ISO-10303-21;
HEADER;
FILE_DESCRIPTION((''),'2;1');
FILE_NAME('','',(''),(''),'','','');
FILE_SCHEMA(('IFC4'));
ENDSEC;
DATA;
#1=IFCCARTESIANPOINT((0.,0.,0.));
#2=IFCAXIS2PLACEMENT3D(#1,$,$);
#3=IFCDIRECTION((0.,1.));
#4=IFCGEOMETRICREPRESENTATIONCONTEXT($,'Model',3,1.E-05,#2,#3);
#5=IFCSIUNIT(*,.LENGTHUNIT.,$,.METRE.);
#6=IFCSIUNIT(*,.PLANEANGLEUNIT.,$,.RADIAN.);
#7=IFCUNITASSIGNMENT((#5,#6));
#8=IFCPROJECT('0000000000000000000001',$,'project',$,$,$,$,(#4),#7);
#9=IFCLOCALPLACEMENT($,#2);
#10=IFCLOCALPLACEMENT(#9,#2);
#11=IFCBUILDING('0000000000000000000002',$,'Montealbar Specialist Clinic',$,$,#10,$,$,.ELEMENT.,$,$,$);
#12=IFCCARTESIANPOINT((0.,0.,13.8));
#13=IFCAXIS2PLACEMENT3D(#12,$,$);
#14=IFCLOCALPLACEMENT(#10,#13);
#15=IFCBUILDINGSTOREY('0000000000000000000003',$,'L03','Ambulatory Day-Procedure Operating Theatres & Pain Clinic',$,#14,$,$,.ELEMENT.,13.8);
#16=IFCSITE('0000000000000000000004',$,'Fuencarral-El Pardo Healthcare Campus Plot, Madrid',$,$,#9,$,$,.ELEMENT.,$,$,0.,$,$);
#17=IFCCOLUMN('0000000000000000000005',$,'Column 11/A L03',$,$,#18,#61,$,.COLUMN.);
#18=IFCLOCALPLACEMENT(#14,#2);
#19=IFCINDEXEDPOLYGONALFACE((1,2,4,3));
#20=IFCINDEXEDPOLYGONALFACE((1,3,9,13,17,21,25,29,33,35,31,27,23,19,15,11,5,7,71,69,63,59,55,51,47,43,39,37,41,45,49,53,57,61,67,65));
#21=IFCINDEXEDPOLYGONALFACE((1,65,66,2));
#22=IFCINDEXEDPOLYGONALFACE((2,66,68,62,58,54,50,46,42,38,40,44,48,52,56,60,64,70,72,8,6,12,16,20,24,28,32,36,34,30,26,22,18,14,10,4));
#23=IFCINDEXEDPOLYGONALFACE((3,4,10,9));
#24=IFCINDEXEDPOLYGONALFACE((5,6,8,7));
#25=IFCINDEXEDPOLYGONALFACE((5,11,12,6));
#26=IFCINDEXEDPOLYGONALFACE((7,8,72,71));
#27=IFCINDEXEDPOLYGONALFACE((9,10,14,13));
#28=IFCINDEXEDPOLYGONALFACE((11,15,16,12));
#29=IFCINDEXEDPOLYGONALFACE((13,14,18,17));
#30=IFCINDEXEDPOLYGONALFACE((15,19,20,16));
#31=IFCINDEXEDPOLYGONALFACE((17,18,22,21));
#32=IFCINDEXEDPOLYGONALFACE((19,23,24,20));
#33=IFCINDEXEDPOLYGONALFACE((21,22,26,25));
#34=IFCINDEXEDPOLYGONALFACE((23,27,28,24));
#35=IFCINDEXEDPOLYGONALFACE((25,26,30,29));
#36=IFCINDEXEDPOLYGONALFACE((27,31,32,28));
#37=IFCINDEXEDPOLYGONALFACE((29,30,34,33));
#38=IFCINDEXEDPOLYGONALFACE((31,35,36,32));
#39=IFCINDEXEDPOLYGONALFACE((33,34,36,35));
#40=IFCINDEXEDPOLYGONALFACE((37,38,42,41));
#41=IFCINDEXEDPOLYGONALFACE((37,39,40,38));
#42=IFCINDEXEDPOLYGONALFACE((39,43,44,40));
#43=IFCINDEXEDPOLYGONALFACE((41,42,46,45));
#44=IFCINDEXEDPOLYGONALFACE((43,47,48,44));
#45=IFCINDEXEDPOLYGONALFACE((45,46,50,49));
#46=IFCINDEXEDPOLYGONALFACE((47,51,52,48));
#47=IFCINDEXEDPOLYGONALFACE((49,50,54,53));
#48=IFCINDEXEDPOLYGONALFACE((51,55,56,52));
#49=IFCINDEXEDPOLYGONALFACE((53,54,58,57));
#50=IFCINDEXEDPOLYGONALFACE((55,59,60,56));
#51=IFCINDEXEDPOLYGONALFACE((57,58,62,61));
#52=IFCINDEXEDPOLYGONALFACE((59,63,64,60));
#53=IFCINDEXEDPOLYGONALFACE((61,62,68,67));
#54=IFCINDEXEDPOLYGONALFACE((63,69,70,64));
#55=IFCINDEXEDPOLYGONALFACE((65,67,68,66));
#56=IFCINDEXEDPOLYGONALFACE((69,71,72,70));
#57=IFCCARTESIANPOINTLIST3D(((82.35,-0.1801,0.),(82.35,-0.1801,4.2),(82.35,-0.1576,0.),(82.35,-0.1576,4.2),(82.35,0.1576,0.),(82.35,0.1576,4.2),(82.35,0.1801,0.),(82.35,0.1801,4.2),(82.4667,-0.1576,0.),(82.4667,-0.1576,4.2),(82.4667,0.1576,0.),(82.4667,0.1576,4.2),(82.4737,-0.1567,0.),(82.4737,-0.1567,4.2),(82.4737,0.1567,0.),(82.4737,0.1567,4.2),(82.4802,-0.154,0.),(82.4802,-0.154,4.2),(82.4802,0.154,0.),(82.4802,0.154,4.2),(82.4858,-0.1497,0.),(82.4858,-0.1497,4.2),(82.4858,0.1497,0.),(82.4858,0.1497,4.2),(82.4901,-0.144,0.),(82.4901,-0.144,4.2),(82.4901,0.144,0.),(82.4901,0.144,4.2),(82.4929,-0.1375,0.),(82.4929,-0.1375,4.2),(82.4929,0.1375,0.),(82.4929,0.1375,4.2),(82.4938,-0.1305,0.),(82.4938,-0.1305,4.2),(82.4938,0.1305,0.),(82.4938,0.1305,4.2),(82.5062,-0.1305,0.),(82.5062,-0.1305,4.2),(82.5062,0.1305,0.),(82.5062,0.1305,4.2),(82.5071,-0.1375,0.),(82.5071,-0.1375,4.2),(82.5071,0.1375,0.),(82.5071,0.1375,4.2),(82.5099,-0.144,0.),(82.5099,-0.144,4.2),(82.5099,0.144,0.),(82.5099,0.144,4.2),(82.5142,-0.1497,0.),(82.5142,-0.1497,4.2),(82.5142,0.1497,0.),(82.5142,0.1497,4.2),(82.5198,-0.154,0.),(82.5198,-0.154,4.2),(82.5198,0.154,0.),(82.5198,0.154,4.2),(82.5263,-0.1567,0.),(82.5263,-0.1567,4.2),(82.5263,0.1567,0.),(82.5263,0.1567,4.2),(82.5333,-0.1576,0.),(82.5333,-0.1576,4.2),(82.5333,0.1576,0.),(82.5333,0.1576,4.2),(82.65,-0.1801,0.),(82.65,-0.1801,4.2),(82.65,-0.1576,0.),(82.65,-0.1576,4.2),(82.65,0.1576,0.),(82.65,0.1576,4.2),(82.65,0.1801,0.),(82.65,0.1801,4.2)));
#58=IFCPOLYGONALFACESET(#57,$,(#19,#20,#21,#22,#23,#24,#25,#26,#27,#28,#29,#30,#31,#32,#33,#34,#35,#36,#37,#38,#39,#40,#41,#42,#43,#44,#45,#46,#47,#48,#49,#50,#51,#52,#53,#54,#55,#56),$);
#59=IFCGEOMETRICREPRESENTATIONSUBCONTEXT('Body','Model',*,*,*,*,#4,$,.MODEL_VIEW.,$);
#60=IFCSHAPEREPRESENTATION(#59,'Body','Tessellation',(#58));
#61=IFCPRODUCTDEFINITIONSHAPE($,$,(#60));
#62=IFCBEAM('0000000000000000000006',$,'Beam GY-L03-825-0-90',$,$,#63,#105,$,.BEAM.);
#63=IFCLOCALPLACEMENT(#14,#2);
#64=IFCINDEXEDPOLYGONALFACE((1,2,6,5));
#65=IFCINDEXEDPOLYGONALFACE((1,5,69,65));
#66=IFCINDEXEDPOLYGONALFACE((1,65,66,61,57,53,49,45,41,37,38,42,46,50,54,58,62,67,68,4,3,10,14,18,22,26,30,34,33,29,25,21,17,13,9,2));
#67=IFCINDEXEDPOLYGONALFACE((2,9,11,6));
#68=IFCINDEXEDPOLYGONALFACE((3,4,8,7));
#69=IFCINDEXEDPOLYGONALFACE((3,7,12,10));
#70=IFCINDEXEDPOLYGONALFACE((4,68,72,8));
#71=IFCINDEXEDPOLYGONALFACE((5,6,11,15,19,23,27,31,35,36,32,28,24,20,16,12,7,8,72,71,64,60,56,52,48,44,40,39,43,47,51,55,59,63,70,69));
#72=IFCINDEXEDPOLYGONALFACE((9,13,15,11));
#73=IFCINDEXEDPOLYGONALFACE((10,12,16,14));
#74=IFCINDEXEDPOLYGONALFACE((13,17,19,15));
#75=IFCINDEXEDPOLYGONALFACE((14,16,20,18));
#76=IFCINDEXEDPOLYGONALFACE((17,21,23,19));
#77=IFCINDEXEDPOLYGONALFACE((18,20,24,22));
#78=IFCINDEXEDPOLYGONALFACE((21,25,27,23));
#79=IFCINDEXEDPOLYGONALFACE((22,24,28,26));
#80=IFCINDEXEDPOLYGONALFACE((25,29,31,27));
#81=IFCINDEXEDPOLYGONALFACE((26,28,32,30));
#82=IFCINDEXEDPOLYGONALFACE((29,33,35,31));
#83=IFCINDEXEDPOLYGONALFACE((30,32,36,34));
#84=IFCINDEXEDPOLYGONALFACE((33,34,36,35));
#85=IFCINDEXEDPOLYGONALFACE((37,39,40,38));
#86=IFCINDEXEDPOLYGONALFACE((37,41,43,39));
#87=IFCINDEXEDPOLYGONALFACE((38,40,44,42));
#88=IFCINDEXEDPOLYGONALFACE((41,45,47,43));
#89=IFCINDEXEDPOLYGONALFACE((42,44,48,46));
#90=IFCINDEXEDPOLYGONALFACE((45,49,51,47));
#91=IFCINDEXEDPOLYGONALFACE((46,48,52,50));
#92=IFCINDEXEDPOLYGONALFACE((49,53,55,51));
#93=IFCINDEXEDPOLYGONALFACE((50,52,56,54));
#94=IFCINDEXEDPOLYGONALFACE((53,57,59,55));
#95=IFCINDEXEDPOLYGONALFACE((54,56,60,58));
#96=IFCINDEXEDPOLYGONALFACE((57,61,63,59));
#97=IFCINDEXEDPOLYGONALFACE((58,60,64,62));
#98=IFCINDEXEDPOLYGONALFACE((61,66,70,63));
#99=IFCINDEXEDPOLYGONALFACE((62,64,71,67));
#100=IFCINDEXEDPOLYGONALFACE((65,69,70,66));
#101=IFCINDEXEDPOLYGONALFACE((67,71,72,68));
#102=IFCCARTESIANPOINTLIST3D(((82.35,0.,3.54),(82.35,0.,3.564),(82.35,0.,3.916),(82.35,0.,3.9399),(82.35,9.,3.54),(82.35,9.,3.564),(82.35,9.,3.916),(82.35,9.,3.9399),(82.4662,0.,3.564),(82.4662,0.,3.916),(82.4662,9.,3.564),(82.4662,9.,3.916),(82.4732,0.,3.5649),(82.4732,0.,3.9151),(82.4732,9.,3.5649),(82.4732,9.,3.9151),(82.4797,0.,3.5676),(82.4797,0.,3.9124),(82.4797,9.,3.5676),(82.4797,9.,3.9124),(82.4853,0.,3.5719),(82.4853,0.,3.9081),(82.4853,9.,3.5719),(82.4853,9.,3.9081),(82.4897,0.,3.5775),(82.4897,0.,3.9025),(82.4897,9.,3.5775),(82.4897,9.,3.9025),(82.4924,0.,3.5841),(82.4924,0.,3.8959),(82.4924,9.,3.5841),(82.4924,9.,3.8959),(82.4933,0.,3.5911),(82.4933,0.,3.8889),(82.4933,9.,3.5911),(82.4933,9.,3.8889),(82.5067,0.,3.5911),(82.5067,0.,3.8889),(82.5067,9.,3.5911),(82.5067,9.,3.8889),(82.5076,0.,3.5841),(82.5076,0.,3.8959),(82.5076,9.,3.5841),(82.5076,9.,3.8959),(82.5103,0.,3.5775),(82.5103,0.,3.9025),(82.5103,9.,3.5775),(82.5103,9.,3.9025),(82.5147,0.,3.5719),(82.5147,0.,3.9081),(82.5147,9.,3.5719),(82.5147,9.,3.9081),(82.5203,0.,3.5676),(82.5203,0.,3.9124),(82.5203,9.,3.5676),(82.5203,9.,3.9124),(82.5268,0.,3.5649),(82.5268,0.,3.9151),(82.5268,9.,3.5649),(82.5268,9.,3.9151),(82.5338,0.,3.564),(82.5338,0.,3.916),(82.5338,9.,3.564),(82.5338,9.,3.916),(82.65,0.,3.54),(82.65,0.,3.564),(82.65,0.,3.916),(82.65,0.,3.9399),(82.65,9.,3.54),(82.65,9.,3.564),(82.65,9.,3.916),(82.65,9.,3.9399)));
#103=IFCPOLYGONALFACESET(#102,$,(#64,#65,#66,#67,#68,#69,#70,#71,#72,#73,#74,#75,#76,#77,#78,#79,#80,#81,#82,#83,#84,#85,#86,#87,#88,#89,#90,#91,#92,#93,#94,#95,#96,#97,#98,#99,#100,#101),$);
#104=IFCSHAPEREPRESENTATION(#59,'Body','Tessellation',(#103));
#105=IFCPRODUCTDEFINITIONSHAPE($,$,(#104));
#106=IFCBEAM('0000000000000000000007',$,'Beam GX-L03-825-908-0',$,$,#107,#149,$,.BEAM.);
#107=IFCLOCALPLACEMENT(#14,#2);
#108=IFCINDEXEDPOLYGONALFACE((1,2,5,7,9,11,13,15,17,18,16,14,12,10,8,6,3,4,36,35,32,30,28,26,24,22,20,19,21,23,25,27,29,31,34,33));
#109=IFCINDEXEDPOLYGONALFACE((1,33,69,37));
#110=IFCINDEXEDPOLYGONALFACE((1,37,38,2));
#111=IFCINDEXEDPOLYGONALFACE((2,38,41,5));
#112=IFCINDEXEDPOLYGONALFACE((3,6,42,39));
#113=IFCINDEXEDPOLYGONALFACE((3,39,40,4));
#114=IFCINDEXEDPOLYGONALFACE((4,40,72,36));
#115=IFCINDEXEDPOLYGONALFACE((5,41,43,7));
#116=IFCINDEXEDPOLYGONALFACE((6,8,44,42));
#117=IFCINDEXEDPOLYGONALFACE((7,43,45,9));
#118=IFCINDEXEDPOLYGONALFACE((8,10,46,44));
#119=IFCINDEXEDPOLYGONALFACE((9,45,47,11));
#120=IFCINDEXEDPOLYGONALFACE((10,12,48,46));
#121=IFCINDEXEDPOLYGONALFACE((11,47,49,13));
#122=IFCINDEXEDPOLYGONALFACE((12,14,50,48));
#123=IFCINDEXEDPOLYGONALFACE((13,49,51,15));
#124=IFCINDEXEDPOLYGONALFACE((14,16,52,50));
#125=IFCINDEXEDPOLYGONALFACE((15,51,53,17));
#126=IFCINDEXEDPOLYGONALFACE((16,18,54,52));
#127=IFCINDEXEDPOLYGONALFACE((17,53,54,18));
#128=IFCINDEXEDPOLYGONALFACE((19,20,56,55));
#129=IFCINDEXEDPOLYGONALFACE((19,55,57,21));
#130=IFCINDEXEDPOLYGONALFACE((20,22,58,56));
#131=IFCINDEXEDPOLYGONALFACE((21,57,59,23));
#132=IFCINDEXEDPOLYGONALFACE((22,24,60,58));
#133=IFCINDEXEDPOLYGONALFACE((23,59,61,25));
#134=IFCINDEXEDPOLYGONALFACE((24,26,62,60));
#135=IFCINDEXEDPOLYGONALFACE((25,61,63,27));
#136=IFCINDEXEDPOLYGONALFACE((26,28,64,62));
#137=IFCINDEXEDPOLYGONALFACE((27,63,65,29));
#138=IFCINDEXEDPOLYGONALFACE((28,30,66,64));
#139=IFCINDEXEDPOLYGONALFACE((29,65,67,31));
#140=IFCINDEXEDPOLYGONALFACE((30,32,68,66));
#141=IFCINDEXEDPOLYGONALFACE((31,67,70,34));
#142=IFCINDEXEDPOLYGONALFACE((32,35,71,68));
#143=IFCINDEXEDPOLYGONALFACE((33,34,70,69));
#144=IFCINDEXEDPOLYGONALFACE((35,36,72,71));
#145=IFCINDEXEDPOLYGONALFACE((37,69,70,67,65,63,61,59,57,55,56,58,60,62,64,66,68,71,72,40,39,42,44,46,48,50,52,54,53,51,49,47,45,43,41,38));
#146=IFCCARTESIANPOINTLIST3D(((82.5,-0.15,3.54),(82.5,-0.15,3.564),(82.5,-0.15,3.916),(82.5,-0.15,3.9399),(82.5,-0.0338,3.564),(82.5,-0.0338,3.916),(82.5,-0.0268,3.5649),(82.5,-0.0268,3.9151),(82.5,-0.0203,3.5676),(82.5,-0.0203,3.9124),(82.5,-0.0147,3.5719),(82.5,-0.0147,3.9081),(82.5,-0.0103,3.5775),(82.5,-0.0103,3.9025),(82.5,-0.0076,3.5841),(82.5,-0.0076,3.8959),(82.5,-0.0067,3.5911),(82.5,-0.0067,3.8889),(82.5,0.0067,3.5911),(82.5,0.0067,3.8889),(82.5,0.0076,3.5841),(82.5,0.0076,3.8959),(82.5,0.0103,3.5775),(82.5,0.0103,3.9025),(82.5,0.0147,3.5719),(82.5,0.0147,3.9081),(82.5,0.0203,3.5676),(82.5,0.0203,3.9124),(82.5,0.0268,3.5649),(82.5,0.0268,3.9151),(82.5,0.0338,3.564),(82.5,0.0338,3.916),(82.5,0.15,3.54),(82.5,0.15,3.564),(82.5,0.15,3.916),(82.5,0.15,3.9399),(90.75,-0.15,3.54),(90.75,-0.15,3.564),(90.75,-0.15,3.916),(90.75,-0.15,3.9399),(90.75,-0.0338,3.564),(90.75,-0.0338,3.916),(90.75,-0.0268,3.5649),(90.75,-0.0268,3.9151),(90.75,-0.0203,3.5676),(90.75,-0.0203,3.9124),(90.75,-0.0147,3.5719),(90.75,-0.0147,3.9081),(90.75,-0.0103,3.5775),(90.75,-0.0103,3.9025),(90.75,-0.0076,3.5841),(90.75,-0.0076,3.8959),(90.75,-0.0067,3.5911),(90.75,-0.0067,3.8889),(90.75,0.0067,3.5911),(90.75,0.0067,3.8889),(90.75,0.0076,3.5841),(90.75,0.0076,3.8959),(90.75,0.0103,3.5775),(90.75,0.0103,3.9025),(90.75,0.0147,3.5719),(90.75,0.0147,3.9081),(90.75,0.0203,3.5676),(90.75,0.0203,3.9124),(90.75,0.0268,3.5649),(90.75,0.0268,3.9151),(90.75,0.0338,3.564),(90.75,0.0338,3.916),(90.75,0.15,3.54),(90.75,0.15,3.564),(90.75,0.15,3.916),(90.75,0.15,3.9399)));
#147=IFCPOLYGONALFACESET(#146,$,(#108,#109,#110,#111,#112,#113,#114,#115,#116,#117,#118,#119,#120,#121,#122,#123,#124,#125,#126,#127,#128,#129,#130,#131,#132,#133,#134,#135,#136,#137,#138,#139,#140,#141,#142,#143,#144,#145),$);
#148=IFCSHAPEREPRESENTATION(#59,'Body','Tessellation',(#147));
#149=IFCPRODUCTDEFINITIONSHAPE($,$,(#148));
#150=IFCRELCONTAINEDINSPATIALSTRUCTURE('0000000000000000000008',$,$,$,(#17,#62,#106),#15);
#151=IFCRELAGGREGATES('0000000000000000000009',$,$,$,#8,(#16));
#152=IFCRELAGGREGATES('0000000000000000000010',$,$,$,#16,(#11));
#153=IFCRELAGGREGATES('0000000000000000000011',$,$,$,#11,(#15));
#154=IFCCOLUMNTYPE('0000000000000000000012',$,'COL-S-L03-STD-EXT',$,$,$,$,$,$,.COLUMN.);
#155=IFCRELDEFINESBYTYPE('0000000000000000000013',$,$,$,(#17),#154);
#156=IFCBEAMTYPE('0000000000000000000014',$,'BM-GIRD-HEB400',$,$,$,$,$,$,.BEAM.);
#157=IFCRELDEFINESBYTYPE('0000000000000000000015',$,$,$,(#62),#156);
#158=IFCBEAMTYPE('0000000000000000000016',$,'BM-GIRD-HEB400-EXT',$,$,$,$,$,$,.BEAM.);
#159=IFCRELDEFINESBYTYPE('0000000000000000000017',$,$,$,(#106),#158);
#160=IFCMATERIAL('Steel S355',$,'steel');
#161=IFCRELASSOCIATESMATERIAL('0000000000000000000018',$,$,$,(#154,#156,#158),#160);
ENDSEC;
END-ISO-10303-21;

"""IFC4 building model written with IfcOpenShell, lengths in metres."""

from ifc_helpers import new_model, si_unit, direction, frame, origin, origin_2d, place, context, subcontext, project, spatial, i_section, extrude, material, material_profile, profile_set, type_object, element, save


model = new_model("IFC4")

# Units and contexts
model_context = context("Model", 3, precision=1e-05, world=origin(), true_north=direction((0.0, 1.0)))
body_context = subcontext(model_context, "Body", "Model", "MODEL_VIEW")
ifc_project = project(units=[si_unit("LENGTHUNIT", "METRE"), si_unit("PLANEANGLEUNIT", "RADIAN")], contexts=[model_context])

# Site, building, storey
site_placement = place(None, origin())
site = spatial("IfcSite", under=ifc_project, at=site_placement, Name="Fuencarral-El Pardo Healthcare Campus Plot, Madrid", CompositionType="ELEMENT", RefElevation=0.0)
building_placement = place(site_placement, origin())
building = spatial("IfcBuilding", under=site, at=building_placement, Name="Montealbar Specialist Clinic", CompositionType="ELEMENT")
storey_placement = place(building_placement, frame((0.0, 0.0, 13.8)))
storey = spatial("IfcBuildingStorey", under=building, at=storey_placement, Name="L03", Description="Ambulatory Day-Procedure Operating Theatres & Pain Clinic", CompositionType="ELEMENT", Elevation=13.8)

# Column
ifc_material_1 = material(Name="Steel S355", Category="steel")
ifc_material_profile_1 = material_profile(ifc_material_1, i_section(OverallWidth=0.3, OverallDepth=0.3601, WebThickness=0.0125, FlangeThickness=0.0225, FilletRadius=0.0271, at=origin_2d()), Name="HEB 360", Category="steel")
ifc_profile_set_1 = profile_set([ifc_material_profile_1], Name="Steel S355")
column_type = type_object("IfcColumnType", Name="COL-S-L03-STD-EXT", PredefinedType="COLUMN", material=ifc_profile_set_1)
column_placement = place(storey_placement, frame((82.5, 0.0, 0.0), z_axis=(0.0, 0.0, 1.0), x_axis=(1.0, 0.0, 0.0)))
element("IfcColumn", 1, at=column_placement, inside=storey, type_object=column_type, Name="Column 11/A L03", PredefinedType="COLUMN", context=body_context, shape_type="SweptSolid", body=[
    extrude(i_section(OverallWidth=0.3, OverallDepth=0.3601, WebThickness=0.0125, FlangeThickness=0.0225, FilletRadius=0.0271, at=origin_2d()), origin(), (0.0, 0.0, 1.0), 4.2),
])

# Beams
ifc_material_profile_2 = material_profile(ifc_material_1, i_section(OverallWidth=0.3, OverallDepth=0.3999, WebThickness=0.0134, FlangeThickness=0.0239, FilletRadius=0.0271, at=origin_2d()), Name="HEB 400", Category="steel")
ifc_profile_set_2 = profile_set([ifc_material_profile_2], Name="Steel S355")
beam_type_1 = type_object("IfcBeamType", Name="BM-GIRD-HEB400", PredefinedType="BEAM", material=ifc_profile_set_2)
beam_1_placement = place(storey_placement, frame((82.5, 0.0, 3.74), z_axis=(0.0, 1.0, 0.0), x_axis=(-1.0, 0.0, 0.0)))
element("IfcBeam", 2, at=beam_1_placement, inside=storey, type_object=beam_type_1, Name="Beam GY-L03-825-0-90", PredefinedType="BEAM", context=body_context, shape_type="SweptSolid", body=[
    extrude(i_section(OverallWidth=0.3, OverallDepth=0.3999, WebThickness=0.0134, FlangeThickness=0.0239, FilletRadius=0.0271, at=origin_2d()), origin(), (0.0, 0.0, 1.0), 9.0),
])
ifc_material_profile_3 = material_profile(ifc_material_1, i_section(OverallWidth=0.3, OverallDepth=0.3999, WebThickness=0.0134, FlangeThickness=0.0239, FilletRadius=0.0271, at=origin_2d()), Name="HEB 400", Category="steel")
ifc_profile_set_3 = profile_set([ifc_material_profile_3], Name="Steel S355")
beam_type_2 = type_object("IfcBeamType", Name="BM-GIRD-HEB400-EXT", PredefinedType="BEAM", material=ifc_profile_set_3)
beam_2_placement = place(storey_placement, frame((82.5, 0.0, 3.74), z_axis=(1.0, 0.0, 0.0), x_axis=(0.0, 1.0, 0.0)))
element("IfcBeam", 3, at=beam_2_placement, inside=storey, type_object=beam_type_2, Name="Beam GX-L03-825-908-0", PredefinedType="BEAM", context=body_context, shape_type="SweptSolid", body=[
    extrude(i_section(OverallWidth=0.3, OverallDepth=0.3999, WebThickness=0.0134, FlangeThickness=0.0239, FilletRadius=0.0271, at=origin_2d()), origin(), (0.0, 0.0, 1.0), 8.25),
])

save(model, "model.ifc")
